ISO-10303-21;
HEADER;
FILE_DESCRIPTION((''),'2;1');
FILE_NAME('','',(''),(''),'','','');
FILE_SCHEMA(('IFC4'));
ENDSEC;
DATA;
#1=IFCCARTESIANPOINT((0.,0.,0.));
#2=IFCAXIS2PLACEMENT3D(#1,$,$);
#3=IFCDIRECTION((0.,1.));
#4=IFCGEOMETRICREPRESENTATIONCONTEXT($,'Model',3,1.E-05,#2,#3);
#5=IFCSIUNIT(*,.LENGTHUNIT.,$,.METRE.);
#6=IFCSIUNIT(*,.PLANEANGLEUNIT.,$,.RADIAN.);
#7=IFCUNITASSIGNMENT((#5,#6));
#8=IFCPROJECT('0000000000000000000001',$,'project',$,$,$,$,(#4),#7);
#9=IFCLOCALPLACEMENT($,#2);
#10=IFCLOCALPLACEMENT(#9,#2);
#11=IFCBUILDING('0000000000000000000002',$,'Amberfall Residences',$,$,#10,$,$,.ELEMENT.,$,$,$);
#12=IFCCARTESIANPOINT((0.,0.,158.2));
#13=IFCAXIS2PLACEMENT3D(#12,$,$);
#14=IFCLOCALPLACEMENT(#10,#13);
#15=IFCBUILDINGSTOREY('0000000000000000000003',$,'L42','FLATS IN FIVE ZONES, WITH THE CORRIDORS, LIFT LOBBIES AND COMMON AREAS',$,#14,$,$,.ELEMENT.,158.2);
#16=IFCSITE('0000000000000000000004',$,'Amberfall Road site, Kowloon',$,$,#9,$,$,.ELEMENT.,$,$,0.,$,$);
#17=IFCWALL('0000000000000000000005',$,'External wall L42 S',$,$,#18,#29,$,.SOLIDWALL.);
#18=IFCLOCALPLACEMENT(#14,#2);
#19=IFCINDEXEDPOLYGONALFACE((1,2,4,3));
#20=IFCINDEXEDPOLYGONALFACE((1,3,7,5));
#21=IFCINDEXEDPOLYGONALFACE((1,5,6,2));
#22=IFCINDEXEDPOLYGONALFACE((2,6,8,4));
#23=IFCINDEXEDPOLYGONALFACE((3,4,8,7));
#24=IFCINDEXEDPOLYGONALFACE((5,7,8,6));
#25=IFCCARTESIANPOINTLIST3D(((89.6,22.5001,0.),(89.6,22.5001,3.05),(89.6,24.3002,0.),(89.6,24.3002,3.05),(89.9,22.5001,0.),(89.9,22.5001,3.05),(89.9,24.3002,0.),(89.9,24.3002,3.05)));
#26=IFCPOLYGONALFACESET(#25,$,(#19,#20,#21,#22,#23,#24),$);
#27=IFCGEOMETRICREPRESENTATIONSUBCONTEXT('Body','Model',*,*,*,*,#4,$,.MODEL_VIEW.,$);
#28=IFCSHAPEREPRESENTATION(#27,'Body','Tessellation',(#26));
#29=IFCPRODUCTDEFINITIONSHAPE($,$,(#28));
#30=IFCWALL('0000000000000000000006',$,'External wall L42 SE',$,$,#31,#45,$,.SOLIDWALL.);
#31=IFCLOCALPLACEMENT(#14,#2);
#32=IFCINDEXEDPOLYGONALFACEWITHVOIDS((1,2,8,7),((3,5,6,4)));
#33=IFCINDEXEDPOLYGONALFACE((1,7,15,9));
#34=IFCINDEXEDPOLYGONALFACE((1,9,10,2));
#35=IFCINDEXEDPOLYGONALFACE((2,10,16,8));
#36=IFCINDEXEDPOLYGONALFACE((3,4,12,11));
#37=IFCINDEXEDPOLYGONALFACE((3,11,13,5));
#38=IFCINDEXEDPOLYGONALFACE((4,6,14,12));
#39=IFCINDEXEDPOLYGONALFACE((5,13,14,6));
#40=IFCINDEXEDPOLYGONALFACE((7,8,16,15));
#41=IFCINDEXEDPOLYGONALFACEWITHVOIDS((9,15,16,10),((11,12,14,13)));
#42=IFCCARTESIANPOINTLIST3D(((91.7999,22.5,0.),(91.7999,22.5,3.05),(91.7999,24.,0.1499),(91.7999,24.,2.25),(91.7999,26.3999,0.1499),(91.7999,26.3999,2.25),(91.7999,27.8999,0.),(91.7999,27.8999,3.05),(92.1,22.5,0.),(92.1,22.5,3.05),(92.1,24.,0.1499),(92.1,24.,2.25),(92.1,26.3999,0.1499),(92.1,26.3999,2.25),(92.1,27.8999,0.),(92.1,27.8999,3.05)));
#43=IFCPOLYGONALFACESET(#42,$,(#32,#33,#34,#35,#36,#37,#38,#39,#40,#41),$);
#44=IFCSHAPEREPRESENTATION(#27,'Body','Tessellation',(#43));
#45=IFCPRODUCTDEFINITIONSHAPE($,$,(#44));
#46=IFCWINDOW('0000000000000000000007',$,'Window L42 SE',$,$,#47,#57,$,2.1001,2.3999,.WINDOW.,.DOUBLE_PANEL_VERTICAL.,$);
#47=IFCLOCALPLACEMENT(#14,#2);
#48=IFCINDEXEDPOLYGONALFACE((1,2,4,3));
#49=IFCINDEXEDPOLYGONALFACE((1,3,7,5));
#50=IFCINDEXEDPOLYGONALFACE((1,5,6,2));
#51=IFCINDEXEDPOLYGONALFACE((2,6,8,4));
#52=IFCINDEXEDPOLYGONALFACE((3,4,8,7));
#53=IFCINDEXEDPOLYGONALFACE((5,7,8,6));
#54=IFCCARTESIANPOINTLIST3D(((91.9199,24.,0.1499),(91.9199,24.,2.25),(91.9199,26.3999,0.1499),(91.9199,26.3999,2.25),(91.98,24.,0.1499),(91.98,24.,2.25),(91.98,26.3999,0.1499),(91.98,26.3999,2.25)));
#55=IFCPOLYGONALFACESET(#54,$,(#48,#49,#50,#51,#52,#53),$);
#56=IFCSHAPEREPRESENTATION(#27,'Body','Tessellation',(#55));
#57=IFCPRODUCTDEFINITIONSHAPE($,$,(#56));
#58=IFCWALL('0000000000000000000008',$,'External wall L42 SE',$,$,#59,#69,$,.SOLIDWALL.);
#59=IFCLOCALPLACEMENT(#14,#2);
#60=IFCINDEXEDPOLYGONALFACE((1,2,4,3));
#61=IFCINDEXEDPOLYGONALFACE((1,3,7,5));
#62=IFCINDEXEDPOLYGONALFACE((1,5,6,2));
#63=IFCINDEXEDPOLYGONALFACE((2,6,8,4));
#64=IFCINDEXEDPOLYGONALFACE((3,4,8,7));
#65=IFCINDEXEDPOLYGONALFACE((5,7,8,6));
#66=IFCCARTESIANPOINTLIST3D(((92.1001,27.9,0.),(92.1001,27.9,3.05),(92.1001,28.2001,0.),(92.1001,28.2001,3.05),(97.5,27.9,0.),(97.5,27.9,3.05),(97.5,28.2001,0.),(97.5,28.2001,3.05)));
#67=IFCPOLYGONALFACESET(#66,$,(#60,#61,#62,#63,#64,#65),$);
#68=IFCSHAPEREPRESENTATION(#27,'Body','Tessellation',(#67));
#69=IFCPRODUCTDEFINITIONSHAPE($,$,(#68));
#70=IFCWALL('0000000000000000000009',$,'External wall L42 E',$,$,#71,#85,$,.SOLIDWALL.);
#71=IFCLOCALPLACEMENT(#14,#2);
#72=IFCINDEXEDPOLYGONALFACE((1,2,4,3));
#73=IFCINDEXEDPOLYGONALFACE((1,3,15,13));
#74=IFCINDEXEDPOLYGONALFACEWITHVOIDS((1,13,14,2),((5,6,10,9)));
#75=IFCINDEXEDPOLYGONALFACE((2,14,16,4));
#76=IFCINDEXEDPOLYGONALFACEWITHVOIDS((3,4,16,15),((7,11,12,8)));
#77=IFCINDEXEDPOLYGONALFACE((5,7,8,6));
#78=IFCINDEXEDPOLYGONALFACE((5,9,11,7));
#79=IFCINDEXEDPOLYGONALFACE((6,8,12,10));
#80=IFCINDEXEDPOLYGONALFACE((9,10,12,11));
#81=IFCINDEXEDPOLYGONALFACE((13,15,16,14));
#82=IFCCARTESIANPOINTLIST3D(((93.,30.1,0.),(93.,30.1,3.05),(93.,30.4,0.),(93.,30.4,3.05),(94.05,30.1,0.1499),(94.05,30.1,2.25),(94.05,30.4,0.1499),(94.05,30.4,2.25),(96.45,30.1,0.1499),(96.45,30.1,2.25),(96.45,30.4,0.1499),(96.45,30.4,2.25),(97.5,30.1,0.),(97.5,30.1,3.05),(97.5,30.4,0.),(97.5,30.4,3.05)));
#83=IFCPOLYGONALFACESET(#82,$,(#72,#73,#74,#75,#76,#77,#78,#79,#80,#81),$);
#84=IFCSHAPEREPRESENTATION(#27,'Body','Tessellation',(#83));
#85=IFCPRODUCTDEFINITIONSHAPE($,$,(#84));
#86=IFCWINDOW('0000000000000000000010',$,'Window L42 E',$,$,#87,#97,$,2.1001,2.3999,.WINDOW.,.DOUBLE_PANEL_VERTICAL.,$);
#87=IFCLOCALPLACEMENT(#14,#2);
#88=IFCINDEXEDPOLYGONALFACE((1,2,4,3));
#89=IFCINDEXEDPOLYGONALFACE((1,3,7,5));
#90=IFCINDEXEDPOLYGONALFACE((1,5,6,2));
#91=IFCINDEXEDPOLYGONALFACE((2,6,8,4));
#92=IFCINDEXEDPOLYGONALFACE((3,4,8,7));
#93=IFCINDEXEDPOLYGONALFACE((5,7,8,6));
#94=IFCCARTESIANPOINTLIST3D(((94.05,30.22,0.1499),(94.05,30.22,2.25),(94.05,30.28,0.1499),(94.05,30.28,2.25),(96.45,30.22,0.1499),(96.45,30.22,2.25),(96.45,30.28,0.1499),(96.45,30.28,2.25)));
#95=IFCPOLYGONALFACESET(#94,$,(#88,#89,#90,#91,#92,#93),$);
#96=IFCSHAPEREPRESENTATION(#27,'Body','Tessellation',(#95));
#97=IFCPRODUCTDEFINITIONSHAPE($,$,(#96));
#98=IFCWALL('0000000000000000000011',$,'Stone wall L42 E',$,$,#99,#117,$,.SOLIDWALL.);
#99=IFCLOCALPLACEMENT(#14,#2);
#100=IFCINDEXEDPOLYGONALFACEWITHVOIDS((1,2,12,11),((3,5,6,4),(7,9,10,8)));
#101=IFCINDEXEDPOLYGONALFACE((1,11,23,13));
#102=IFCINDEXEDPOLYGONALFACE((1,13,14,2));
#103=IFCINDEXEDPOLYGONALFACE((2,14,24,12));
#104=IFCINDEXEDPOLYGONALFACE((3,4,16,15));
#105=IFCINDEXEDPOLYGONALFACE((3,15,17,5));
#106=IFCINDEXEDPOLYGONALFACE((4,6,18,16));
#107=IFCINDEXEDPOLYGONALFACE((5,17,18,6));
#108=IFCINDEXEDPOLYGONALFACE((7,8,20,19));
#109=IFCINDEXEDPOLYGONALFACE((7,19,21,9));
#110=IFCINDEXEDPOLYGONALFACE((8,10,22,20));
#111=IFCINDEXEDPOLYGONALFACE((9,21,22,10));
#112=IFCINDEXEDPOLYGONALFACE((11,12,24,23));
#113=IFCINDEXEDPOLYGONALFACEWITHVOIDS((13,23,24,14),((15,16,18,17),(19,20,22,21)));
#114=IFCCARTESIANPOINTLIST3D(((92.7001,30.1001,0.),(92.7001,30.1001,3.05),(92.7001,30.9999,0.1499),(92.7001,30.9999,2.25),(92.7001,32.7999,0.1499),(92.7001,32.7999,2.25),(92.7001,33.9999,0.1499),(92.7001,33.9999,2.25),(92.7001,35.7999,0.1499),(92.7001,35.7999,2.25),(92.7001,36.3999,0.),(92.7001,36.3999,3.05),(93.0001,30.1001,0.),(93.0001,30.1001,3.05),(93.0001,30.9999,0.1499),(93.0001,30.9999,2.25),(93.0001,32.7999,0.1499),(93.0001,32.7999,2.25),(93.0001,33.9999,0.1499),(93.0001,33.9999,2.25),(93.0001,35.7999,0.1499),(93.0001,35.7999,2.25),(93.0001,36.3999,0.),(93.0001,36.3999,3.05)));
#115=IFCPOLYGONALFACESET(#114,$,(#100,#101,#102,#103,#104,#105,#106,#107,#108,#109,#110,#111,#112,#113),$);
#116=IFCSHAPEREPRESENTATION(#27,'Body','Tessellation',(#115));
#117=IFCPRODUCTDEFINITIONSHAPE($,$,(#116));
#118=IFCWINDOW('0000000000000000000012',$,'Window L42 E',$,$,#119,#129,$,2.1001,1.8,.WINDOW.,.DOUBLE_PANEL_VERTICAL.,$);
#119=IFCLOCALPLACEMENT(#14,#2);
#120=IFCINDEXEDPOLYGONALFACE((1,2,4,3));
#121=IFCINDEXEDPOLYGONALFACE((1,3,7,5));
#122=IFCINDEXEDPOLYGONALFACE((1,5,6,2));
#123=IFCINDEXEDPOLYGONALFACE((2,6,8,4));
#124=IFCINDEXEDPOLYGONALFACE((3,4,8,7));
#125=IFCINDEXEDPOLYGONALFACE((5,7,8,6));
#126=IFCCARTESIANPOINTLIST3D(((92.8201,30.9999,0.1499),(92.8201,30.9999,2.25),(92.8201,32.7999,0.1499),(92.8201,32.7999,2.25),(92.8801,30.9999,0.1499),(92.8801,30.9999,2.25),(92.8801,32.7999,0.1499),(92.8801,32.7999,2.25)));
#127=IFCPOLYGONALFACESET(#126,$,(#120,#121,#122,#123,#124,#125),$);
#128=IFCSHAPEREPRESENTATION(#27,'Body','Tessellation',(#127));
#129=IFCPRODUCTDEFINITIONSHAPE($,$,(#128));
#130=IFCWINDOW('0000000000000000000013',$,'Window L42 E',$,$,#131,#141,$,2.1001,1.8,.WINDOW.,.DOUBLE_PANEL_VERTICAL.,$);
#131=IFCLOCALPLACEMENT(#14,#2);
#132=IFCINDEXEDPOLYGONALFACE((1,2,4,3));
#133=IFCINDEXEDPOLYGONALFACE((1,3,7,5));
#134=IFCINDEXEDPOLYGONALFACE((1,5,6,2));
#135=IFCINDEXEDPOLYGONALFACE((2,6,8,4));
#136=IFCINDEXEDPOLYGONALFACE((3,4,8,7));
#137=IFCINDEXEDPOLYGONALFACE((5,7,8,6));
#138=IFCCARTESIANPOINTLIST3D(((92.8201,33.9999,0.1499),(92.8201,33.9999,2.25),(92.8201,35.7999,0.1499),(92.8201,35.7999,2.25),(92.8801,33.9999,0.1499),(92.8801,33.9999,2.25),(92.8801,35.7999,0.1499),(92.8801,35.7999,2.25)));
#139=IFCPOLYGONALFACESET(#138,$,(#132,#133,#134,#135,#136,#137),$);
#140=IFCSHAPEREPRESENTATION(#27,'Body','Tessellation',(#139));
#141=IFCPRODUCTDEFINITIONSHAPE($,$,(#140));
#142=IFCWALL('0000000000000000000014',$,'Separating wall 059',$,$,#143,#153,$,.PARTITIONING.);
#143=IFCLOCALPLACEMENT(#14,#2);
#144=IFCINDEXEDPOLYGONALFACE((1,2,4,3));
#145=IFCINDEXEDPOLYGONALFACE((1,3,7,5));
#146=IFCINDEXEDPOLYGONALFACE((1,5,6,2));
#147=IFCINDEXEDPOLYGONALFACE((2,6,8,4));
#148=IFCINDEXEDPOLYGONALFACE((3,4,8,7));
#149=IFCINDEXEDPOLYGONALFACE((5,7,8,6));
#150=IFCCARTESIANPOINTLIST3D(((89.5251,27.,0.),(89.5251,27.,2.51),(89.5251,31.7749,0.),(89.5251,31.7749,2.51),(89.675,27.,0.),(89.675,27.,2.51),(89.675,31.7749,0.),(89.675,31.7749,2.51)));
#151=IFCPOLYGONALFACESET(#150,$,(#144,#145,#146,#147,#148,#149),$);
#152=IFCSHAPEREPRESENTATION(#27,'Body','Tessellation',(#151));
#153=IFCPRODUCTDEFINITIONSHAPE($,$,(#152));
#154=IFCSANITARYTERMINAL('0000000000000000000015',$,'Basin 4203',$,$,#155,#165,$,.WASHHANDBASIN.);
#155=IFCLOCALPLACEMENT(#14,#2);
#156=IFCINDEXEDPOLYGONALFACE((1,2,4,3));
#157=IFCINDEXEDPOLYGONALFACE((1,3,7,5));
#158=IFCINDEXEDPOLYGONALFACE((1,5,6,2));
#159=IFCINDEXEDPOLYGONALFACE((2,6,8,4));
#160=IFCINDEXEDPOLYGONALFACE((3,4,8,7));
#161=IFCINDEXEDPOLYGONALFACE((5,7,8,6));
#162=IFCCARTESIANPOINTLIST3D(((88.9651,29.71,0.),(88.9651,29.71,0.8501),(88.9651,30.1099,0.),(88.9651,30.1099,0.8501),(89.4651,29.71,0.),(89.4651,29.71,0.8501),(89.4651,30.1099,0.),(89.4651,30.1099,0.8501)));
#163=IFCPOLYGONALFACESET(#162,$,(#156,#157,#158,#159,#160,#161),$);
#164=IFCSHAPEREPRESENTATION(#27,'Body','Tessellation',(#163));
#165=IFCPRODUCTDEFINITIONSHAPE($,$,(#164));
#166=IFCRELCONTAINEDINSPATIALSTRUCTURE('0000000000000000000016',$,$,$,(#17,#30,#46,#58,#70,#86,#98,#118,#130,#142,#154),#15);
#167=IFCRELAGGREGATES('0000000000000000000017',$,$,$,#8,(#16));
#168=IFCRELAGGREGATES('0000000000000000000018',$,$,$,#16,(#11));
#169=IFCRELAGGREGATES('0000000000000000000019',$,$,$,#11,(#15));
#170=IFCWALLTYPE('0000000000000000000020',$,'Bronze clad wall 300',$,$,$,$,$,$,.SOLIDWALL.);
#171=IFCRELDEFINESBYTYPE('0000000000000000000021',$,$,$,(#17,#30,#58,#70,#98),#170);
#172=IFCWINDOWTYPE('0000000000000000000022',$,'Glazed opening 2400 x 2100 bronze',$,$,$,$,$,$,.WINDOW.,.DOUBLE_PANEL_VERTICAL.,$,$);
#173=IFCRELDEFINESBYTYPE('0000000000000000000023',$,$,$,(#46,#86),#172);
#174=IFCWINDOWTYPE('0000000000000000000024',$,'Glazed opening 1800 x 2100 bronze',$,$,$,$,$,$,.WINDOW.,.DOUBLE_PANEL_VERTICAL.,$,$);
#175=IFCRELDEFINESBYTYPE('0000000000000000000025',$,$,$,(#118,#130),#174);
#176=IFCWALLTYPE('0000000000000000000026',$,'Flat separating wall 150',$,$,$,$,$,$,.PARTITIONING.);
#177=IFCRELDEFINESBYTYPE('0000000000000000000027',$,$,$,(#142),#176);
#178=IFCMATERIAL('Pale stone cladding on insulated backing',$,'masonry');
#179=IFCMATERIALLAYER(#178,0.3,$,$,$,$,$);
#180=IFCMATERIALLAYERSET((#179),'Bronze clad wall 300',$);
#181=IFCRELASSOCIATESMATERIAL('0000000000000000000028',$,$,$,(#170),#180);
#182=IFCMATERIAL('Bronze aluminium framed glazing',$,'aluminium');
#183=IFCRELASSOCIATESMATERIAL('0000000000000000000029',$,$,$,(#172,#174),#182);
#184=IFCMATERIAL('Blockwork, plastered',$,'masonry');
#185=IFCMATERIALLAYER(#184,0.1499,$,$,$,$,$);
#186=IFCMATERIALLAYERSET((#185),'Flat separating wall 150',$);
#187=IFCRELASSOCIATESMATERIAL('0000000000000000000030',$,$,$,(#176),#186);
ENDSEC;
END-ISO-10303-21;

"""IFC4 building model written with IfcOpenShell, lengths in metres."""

from ifc_helpers import new_model, si_unit, direction, frame, frame_2d, origin, origin_2d, place, context, subcontext, project, spatial, rectangle, extrude, material, layer, layer_set, type_object, element, fill, save


model = new_model("IFC4")

# Units and contexts
model_context = context("Model", 3, precision=1e-05, world=origin(), true_north=direction((0.0, 1.0)))
body_context = subcontext(model_context, "Body", "Model", "MODEL_VIEW")
ifc_project = project(units=[si_unit("LENGTHUNIT", "METRE"), si_unit("PLANEANGLEUNIT", "RADIAN")], contexts=[model_context])

# Site, building, storey
site_placement = place(None, origin())
site = spatial("IfcSite", under=ifc_project, at=site_placement, Name="Amberfall Road site, Kowloon", CompositionType="ELEMENT", RefElevation=0.0)
building_placement = place(site_placement, origin())
building = spatial("IfcBuilding", under=site, at=building_placement, Name="Amberfall Residences", CompositionType="ELEMENT")
storey_placement = place(building_placement, frame((0.0, 0.0, 158.2)))
storey = spatial("IfcBuildingStorey", under=building, at=storey_placement, Name="L42", Description="FLATS IN FIVE ZONES, WITH THE CORRIDORS, LIFT LOBBIES AND COMMON AREAS", CompositionType="ELEMENT", Elevation=158.2)

# Wall
ifc_material_1 = material(Name="Pale stone cladding on insulated backing", Category="masonry")
ifc_layer_1 = layer(ifc_material_1, 0.3)
ifc_layer_set_1 = layer_set([ifc_layer_1], Name="Bronze clad wall 300")
wall_type_1 = type_object("IfcWallType", Name="Bronze clad wall 300", PredefinedType="SOLIDWALL", material=ifc_layer_set_1)
wall_1_placement = place(storey_placement, frame((89.75, 24.3, 0.0), z_axis=(0.0, 0.0, 1.0), x_axis=(0.0, -1.0, 0.0)))
element("IfcWall", 1, at=wall_1_placement, inside=storey, type_object=wall_type_1, Name="External wall L42 S", PredefinedType="SOLIDWALL", context=body_context, shape_type="SweptSolid", body=[
    extrude(rectangle(XDim=1.8, YDim=0.3, at=frame_2d((0.8999, 0.0))), origin(), (0.0, 0.0, 1.0), 3.05),
])

# Wall, opening, window
wall_2_placement = place(storey_placement, frame((91.95, 22.5, 0.0), z_axis=(0.0, 0.0, 1.0), x_axis=(0.0, 1.0, 0.0)))
wall_2 = element("IfcWall", 2, at=wall_2_placement, inside=storey, type_object=wall_type_1, Name="External wall L42 SE", PredefinedType="SOLIDWALL", context=body_context, shape_type="SweptSolid", body=[
    extrude(rectangle(XDim=5.3999, YDim=0.3, at=frame_2d((2.7, 0.0))), origin(), (0.0, 0.0, 1.0), 3.05),
])
opening_1_placement = place(wall_2_placement, frame((1.5, 0.0, 0.1499)))
opening_1 = element("IfcOpeningElement", 3, at=opening_1_placement, cuts=wall_2, PredefinedType="OPENING", context=body_context, shape_type="SweptSolid", body=[
    extrude(rectangle(XDim=2.3999, YDim=2.1001, at=frame_2d((1.2, 1.05))), frame((0.0, 0.1599, 0.0), z_axis=(0.0, -1.0, 0.0), x_axis=(1.0, 0.0, 0.0)), (0.0, 0.0, 1.0), 0.3201),
])
ifc_material_2 = material(Name="Bronze aluminium framed glazing", Category="aluminium")
window_type_1 = type_object("IfcWindowType", Name="Glazed opening 2400 x 2100 bronze", PartitioningType="DOUBLE_PANEL_VERTICAL", PredefinedType="WINDOW", material=ifc_material_2)
window_1_placement = place(opening_1_placement, origin())
window_1 = element("IfcWindow", 4, at=window_1_placement, inside=storey, type_object=window_type_1, Name="Window L42 SE", OverallHeight=2.1001, OverallWidth=2.3999, PartitioningType="DOUBLE_PANEL_VERTICAL", PredefinedType="WINDOW", context=body_context, shape_type="SweptSolid", body=[
    extrude(rectangle(XDim=2.3999, YDim=2.1001, at=frame_2d((1.2, 1.05))), frame((0.0, 0.03, 0.0), z_axis=(0.0, -1.0, 0.0), x_axis=(1.0, 0.0, 0.0)), (0.0, 0.0, 1.0), 0.0601),
])
fill(opening_1, window_1)

# Wall
wall_3_placement = place(storey_placement, frame((92.1001, 28.05, 0.0), z_axis=(0.0, 0.0, 1.0), x_axis=(1.0, 0.0, 0.0)))
element("IfcWall", 5, at=wall_3_placement, inside=storey, type_object=wall_type_1, Name="External wall L42 SE", PredefinedType="SOLIDWALL", context=body_context, shape_type="SweptSolid", body=[
    extrude(rectangle(XDim=5.3999, YDim=0.3, at=frame_2d((2.7, 0.0))), origin(), (0.0, 0.0, 1.0), 3.05),
])

# Wall, opening, window
wall_4_placement = place(storey_placement, frame((97.5, 30.25, 0.0), z_axis=(0.0, 0.0, 1.0), x_axis=(-1.0, 0.0, 0.0)))
wall_4 = element("IfcWall", 6, at=wall_4_placement, inside=storey, type_object=wall_type_1, Name="External wall L42 E", PredefinedType="SOLIDWALL", context=body_context, shape_type="SweptSolid", body=[
    extrude(rectangle(XDim=4.5, YDim=0.3, at=frame_2d((2.25, 0.0))), origin(), (0.0, 0.0, 1.0), 3.05),
])
opening_2_placement = place(wall_4_placement, frame((1.05, 0.0, 0.1499)))
opening_2 = element("IfcOpeningElement", 7, at=opening_2_placement, cuts=wall_4, PredefinedType="OPENING", context=body_context, shape_type="SweptSolid", body=[
    extrude(rectangle(XDim=2.3999, YDim=2.1001, at=frame_2d((1.2, 1.05))), frame((0.0, 0.1599, 0.0), z_axis=(0.0, -1.0, 0.0), x_axis=(1.0, 0.0, 0.0)), (0.0, 0.0, 1.0), 0.3201),
])
window_2_placement = place(opening_2_placement, origin())
window_2 = element("IfcWindow", 8, at=window_2_placement, inside=storey, type_object=window_type_1, Name="Window L42 E", OverallHeight=2.1001, OverallWidth=2.3999, PartitioningType="DOUBLE_PANEL_VERTICAL", PredefinedType="WINDOW", context=body_context, shape_type="SweptSolid", body=[
    extrude(rectangle(XDim=2.3999, YDim=2.1001, at=frame_2d((1.2, 1.05))), frame((0.0, 0.03, 0.0), z_axis=(0.0, -1.0, 0.0), x_axis=(1.0, 0.0, 0.0)), (0.0, 0.0, 1.0), 0.0601),
])
fill(opening_2, window_2)

# Wall, openings, windows
wall_5_placement = place(storey_placement, frame((92.8501, 30.1001, 0.0), z_axis=(0.0, 0.0, 1.0), x_axis=(0.0, 1.0, 0.0)))
wall_5 = element("IfcWall", 9, at=wall_5_placement, inside=storey, type_object=wall_type_1, Name="Stone wall L42 E", PredefinedType="SOLIDWALL", context=body_context, shape_type="SweptSolid", body=[
    extrude(rectangle(XDim=6.2998, YDim=0.3, at=frame_2d((3.1499, 0.0))), origin(), (0.0, 0.0, 1.0), 3.05),
])
opening_3_placement = place(wall_5_placement, frame((0.8999, 0.0, 0.1499)))
opening_3 = element("IfcOpeningElement", 10, at=opening_3_placement, cuts=wall_5, PredefinedType="OPENING", context=body_context, shape_type="SweptSolid", body=[
    extrude(rectangle(XDim=1.8, YDim=2.1001, at=frame_2d((0.8999, 1.05))), frame((0.0, 0.1599, 0.0), z_axis=(0.0, -1.0, 0.0), x_axis=(1.0, 0.0, 0.0)), (0.0, 0.0, 1.0), 0.3201),
])
opening_4_placement = place(wall_5_placement, frame((3.8999, 0.0, 0.1499)))
opening_4 = element("IfcOpeningElement", 11, at=opening_4_placement, cuts=wall_5, PredefinedType="OPENING", context=body_context, shape_type="SweptSolid", body=[
    extrude(rectangle(XDim=1.8, YDim=2.1001, at=frame_2d((0.8999, 1.05))), frame((0.0, 0.1599, 0.0), z_axis=(0.0, -1.0, 0.0), x_axis=(1.0, 0.0, 0.0)), (0.0, 0.0, 1.0), 0.3201),
])
window_type_2 = type_object("IfcWindowType", Name="Glazed opening 1800 x 2100 bronze", PartitioningType="DOUBLE_PANEL_VERTICAL", PredefinedType="WINDOW", material=ifc_material_2)
window_3_placement = place(opening_3_placement, origin())
window_3 = element("IfcWindow", 12, at=window_3_placement, inside=storey, type_object=window_type_2, Name="Window L42 E", OverallHeight=2.1001, OverallWidth=1.8, PartitioningType="DOUBLE_PANEL_VERTICAL", PredefinedType="WINDOW", context=body_context, shape_type="SweptSolid", body=[
    extrude(rectangle(XDim=1.8, YDim=2.1001, at=frame_2d((0.8999, 1.05))), frame((0.0, 0.03, 0.0), z_axis=(0.0, -1.0, 0.0), x_axis=(1.0, 0.0, 0.0)), (0.0, 0.0, 1.0), 0.0601),
])
fill(opening_3, window_3)
window_4_placement = place(opening_4_placement, origin())
window_4 = element("IfcWindow", 13, at=window_4_placement, inside=storey, type_object=window_type_2, Name="Window L42 E", OverallHeight=2.1001, OverallWidth=1.8, PartitioningType="DOUBLE_PANEL_VERTICAL", PredefinedType="WINDOW", context=body_context, shape_type="SweptSolid", body=[
    extrude(rectangle(XDim=1.8, YDim=2.1001, at=frame_2d((0.8999, 1.05))), frame((0.0, 0.03, 0.0), z_axis=(0.0, -1.0, 0.0), x_axis=(1.0, 0.0, 0.0)), (0.0, 0.0, 1.0), 0.0601),
])
fill(opening_4, window_4)

# Wall
ifc_material_3 = material(Name="Blockwork, plastered", Category="masonry")
ifc_layer_2 = layer(ifc_material_3, 0.1499)
ifc_layer_set_2 = layer_set([ifc_layer_2], Name="Flat separating wall 150")
wall_type_2 = type_object("IfcWallType", Name="Flat separating wall 150", PredefinedType="PARTITIONING", material=ifc_layer_set_2)
wall_6_placement = place(storey_placement, frame((89.6001, 27.0, 0.0), z_axis=(0.0, 0.0, 1.0), x_axis=(0.0, 1.0, 0.0)))
element("IfcWall", 14, at=wall_6_placement, inside=storey, type_object=wall_type_2, Name="Separating wall 059", PredefinedType="PARTITIONING", context=body_context, shape_type="SweptSolid", body=[
    extrude(rectangle(XDim=4.7749, YDim=0.1499, at=frame_2d((2.3875, 0.0))), origin(), (0.0, 0.0, 1.0), 2.51),
])

# Sanitary terminal
sanitary_terminal_placement = place(storey_placement, frame((89.2151, 29.9099, 0.0), z_axis=(0.0, 0.0, 1.0), x_axis=(1.0, 0.0, 0.0)))
element("IfcSanitaryTerminal", 15, at=sanitary_terminal_placement, inside=storey, Name="Basin 4203", PredefinedType="WASHHANDBASIN", context=body_context, shape_type="SweptSolid", body=[
    extrude(rectangle(XDim=0.5, YDim=0.3999, at=origin_2d()), origin(), (0.0, 0.0, 1.0), 0.8501),
])

save(model, "model.ifc")
